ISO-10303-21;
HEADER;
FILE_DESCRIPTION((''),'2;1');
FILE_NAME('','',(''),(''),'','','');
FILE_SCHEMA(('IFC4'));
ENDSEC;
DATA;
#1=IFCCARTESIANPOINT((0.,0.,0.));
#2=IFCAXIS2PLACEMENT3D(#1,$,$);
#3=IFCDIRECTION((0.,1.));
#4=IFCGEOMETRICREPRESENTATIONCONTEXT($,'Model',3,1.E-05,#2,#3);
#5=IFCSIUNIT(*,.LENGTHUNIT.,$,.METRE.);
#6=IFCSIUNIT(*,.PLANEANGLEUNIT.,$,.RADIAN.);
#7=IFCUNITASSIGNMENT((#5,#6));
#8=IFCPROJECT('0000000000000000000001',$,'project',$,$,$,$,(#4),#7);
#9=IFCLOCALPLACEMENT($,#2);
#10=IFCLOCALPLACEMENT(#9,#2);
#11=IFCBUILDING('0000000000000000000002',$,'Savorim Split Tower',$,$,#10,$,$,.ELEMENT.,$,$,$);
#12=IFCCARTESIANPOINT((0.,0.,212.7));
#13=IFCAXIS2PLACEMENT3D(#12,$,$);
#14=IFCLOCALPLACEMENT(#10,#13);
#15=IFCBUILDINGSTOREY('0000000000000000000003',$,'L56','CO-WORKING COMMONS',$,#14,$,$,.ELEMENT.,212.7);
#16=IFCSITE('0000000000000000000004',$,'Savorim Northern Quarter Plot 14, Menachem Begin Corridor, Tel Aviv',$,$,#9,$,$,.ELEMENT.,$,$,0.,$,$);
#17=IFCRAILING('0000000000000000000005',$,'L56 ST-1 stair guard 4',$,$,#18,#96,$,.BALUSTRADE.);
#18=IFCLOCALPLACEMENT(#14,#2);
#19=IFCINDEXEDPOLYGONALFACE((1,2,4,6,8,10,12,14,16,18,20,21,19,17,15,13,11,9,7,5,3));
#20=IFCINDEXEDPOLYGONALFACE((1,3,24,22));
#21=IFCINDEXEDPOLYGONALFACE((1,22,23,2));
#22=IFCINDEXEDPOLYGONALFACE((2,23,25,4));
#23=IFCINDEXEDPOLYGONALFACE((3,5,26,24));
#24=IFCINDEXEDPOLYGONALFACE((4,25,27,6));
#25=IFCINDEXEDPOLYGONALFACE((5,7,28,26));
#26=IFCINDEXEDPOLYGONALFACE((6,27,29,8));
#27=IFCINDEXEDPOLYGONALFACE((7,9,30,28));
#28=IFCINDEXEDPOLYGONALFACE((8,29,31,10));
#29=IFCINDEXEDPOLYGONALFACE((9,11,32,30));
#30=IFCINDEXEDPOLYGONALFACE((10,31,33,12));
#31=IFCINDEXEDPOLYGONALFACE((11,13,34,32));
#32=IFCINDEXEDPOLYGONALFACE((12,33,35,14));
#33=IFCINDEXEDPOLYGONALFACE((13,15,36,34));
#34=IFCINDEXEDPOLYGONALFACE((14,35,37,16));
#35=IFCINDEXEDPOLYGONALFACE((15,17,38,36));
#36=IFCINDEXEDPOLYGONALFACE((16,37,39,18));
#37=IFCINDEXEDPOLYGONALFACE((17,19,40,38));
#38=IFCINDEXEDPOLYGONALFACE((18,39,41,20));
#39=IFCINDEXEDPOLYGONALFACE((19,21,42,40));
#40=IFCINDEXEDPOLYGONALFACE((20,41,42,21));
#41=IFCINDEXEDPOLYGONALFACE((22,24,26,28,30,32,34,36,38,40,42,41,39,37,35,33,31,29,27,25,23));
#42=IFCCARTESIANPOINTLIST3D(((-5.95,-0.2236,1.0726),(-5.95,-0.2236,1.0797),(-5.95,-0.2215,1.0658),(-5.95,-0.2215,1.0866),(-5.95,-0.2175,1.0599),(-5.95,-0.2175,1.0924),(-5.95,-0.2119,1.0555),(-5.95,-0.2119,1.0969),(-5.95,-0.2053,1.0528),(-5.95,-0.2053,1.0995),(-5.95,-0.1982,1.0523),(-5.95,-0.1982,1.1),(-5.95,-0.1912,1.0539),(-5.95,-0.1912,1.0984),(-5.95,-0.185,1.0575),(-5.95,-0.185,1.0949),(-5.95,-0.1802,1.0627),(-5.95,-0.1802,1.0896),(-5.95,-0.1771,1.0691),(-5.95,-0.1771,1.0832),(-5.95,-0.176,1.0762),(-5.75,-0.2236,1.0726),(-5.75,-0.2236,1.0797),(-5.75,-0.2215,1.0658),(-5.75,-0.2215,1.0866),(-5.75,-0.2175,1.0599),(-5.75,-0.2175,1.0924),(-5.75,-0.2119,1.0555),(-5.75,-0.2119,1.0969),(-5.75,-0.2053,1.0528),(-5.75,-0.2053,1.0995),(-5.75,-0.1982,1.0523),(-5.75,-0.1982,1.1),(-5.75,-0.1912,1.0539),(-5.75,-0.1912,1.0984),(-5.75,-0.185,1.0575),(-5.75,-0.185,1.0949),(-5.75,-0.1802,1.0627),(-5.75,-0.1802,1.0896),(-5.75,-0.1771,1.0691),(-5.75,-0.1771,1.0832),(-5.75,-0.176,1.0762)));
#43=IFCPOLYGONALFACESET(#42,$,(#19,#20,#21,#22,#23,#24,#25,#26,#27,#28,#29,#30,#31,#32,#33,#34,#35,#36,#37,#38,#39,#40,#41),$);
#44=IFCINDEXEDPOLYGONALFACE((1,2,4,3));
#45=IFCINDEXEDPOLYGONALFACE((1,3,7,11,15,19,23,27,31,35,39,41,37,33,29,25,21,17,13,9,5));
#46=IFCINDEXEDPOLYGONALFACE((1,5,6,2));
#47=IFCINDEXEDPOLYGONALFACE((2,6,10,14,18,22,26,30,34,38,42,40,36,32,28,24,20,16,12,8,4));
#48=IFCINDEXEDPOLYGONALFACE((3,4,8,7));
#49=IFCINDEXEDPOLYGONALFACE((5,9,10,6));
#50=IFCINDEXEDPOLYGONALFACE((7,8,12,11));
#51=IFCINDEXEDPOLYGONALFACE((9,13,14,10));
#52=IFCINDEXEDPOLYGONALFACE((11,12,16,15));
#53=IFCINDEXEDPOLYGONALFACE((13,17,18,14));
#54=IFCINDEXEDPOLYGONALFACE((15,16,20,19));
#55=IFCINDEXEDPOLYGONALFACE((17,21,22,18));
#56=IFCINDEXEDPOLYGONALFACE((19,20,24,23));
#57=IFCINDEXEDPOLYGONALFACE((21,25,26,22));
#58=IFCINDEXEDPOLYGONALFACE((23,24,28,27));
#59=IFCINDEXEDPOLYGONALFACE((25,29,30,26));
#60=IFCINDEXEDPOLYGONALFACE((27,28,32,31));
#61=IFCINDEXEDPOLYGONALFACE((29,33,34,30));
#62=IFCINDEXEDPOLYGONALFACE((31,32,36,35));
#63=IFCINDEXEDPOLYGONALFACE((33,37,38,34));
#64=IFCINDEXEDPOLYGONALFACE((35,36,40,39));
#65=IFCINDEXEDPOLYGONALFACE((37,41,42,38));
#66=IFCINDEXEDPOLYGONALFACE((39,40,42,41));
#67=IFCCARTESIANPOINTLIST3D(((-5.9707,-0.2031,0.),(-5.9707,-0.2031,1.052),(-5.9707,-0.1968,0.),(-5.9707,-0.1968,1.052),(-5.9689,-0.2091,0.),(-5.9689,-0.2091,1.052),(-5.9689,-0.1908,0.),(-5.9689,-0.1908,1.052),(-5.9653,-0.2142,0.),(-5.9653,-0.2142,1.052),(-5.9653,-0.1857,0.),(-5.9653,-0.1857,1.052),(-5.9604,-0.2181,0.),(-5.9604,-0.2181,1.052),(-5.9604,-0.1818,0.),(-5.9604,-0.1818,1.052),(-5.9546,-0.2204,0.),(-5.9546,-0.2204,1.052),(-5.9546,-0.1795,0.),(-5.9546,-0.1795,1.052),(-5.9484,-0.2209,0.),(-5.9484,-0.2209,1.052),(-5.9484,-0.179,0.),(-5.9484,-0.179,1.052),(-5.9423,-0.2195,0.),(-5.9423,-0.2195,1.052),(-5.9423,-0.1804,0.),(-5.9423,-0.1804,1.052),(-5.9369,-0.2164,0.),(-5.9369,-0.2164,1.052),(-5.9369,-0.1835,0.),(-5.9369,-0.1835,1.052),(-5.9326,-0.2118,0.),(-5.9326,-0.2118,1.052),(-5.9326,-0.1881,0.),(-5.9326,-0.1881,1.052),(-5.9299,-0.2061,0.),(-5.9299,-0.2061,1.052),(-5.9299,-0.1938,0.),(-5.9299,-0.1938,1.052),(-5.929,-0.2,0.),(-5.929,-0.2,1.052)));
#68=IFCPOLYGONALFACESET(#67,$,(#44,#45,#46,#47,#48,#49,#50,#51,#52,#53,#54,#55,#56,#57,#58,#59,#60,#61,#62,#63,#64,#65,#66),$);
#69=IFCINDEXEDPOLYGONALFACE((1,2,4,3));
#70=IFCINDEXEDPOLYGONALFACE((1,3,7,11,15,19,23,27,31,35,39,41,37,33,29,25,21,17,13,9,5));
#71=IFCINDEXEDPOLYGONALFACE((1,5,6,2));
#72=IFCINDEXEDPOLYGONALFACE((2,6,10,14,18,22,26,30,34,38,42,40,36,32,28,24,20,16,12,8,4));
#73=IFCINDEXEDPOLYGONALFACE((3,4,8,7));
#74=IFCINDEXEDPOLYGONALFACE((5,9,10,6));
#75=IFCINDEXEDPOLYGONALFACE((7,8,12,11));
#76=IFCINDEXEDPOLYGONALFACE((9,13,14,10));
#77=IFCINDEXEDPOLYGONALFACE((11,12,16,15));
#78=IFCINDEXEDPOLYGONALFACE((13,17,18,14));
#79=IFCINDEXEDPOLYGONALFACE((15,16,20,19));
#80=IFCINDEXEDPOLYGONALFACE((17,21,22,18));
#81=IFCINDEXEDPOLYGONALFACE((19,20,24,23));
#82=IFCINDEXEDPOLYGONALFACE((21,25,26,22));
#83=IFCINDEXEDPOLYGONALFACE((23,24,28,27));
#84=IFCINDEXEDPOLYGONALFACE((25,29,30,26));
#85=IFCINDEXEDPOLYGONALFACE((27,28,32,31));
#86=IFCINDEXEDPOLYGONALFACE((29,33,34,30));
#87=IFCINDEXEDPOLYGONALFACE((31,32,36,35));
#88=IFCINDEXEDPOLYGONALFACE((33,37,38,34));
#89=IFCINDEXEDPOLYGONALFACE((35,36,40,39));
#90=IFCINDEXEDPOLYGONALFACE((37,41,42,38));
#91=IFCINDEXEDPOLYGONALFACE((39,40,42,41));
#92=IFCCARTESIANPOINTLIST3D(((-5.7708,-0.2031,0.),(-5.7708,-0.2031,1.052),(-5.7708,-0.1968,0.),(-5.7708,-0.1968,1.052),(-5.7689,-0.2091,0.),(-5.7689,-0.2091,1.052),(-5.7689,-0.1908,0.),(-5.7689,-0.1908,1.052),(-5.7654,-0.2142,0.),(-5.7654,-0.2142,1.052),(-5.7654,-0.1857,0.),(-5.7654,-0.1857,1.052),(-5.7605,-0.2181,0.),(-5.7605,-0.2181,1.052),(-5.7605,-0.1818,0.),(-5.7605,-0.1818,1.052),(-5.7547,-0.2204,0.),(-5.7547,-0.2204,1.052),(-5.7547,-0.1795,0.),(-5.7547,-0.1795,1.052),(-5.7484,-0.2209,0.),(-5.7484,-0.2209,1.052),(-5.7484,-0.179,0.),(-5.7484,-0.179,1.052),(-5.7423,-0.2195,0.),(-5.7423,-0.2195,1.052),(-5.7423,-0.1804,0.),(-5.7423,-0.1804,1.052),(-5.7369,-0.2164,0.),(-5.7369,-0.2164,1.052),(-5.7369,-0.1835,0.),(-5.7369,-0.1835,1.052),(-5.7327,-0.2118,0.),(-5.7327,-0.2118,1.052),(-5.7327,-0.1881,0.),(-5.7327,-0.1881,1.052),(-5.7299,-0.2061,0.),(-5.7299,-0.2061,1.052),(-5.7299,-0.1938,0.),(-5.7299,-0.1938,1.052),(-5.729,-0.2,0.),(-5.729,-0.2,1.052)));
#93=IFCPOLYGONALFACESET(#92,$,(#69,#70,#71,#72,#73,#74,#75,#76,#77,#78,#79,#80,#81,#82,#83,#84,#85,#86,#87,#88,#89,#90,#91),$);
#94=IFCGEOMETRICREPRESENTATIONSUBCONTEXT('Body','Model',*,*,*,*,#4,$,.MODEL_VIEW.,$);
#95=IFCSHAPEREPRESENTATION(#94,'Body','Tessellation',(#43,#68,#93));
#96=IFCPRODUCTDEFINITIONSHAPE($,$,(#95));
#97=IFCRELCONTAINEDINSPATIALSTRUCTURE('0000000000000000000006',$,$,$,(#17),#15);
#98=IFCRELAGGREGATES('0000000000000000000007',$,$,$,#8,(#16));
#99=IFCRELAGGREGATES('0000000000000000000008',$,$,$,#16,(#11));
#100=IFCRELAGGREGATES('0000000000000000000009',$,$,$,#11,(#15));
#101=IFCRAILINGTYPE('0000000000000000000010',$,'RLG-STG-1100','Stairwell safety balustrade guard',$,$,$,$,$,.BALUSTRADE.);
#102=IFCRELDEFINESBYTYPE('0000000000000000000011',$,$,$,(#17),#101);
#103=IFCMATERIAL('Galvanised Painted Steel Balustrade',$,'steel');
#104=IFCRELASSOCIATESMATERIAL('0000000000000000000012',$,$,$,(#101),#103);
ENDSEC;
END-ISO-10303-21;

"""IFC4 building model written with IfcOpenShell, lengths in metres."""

from ifc_helpers import new_model, si_unit, direction, frame, origin, origin_2d, place, context, subcontext, project, spatial, circle, extrude, material, type_object, element, save


model = new_model("IFC4")

# Units and contexts
model_context = context("Model", 3, precision=1e-05, world=origin(), true_north=direction((0.0, 1.0)))
body_context = subcontext(model_context, "Body", "Model", "MODEL_VIEW")
ifc_project = project(units=[si_unit("LENGTHUNIT", "METRE"), si_unit("PLANEANGLEUNIT", "RADIAN")], contexts=[model_context])

# Site, building, storey
site_placement = place(None, origin())
site = spatial("IfcSite", under=ifc_project, at=site_placement, Name="Savorim Northern Quarter Plot 14, Menachem Begin Corridor, Tel Aviv", CompositionType="ELEMENT", RefElevation=0.0)
building_placement = place(site_placement, origin())
building = spatial("IfcBuilding", under=site, at=building_placement, Name="Savorim Split Tower", CompositionType="ELEMENT")
storey_placement = place(building_placement, frame((0.0, 0.0, 212.7)))
storey = spatial("IfcBuildingStorey", under=building, at=storey_placement, Name="L56", Description="CO-WORKING COMMONS", CompositionType="ELEMENT", Elevation=212.7)

# Railing
ifc_material_1 = material(Name="Galvanised Painted Steel Balustrade", Category="steel")
railing_type_1 = type_object("IfcRailingType", Name="RLG-STG-1100", Description="Stairwell safety balustrade guard", PredefinedType="BALUSTRADE", material=ifc_material_1)
railing_1_placement = place(storey_placement, frame((-5.95, -0.2, 0.0)))
element("IfcRailing", 1, at=railing_1_placement, inside=storey, type_object=railing_type_1, Name="L56 ST-1 stair guard 4", PredefinedType="BALUSTRADE", context=body_context, shape_type="SweptSolid", body=[
    extrude(circle(Radius=0.0239, at=origin_2d()), frame((0.0, 0.0, 1.0762), z_axis=(1.0, 0.0, 0.0), x_axis=(0.0, 1.0, 0.0)), (0.0, 0.0, 1.0), 0.2),
    extrude(circle(Radius=0.021, at=origin_2d()), origin(), (0.0, 0.0, 1.0), 1.052),
    extrude(circle(Radius=0.021, at=origin_2d()), frame((0.2, 0.0, 0.0)), (0.0, 0.0, 1.0), 1.052),
])

save(model, "model.ifc")
